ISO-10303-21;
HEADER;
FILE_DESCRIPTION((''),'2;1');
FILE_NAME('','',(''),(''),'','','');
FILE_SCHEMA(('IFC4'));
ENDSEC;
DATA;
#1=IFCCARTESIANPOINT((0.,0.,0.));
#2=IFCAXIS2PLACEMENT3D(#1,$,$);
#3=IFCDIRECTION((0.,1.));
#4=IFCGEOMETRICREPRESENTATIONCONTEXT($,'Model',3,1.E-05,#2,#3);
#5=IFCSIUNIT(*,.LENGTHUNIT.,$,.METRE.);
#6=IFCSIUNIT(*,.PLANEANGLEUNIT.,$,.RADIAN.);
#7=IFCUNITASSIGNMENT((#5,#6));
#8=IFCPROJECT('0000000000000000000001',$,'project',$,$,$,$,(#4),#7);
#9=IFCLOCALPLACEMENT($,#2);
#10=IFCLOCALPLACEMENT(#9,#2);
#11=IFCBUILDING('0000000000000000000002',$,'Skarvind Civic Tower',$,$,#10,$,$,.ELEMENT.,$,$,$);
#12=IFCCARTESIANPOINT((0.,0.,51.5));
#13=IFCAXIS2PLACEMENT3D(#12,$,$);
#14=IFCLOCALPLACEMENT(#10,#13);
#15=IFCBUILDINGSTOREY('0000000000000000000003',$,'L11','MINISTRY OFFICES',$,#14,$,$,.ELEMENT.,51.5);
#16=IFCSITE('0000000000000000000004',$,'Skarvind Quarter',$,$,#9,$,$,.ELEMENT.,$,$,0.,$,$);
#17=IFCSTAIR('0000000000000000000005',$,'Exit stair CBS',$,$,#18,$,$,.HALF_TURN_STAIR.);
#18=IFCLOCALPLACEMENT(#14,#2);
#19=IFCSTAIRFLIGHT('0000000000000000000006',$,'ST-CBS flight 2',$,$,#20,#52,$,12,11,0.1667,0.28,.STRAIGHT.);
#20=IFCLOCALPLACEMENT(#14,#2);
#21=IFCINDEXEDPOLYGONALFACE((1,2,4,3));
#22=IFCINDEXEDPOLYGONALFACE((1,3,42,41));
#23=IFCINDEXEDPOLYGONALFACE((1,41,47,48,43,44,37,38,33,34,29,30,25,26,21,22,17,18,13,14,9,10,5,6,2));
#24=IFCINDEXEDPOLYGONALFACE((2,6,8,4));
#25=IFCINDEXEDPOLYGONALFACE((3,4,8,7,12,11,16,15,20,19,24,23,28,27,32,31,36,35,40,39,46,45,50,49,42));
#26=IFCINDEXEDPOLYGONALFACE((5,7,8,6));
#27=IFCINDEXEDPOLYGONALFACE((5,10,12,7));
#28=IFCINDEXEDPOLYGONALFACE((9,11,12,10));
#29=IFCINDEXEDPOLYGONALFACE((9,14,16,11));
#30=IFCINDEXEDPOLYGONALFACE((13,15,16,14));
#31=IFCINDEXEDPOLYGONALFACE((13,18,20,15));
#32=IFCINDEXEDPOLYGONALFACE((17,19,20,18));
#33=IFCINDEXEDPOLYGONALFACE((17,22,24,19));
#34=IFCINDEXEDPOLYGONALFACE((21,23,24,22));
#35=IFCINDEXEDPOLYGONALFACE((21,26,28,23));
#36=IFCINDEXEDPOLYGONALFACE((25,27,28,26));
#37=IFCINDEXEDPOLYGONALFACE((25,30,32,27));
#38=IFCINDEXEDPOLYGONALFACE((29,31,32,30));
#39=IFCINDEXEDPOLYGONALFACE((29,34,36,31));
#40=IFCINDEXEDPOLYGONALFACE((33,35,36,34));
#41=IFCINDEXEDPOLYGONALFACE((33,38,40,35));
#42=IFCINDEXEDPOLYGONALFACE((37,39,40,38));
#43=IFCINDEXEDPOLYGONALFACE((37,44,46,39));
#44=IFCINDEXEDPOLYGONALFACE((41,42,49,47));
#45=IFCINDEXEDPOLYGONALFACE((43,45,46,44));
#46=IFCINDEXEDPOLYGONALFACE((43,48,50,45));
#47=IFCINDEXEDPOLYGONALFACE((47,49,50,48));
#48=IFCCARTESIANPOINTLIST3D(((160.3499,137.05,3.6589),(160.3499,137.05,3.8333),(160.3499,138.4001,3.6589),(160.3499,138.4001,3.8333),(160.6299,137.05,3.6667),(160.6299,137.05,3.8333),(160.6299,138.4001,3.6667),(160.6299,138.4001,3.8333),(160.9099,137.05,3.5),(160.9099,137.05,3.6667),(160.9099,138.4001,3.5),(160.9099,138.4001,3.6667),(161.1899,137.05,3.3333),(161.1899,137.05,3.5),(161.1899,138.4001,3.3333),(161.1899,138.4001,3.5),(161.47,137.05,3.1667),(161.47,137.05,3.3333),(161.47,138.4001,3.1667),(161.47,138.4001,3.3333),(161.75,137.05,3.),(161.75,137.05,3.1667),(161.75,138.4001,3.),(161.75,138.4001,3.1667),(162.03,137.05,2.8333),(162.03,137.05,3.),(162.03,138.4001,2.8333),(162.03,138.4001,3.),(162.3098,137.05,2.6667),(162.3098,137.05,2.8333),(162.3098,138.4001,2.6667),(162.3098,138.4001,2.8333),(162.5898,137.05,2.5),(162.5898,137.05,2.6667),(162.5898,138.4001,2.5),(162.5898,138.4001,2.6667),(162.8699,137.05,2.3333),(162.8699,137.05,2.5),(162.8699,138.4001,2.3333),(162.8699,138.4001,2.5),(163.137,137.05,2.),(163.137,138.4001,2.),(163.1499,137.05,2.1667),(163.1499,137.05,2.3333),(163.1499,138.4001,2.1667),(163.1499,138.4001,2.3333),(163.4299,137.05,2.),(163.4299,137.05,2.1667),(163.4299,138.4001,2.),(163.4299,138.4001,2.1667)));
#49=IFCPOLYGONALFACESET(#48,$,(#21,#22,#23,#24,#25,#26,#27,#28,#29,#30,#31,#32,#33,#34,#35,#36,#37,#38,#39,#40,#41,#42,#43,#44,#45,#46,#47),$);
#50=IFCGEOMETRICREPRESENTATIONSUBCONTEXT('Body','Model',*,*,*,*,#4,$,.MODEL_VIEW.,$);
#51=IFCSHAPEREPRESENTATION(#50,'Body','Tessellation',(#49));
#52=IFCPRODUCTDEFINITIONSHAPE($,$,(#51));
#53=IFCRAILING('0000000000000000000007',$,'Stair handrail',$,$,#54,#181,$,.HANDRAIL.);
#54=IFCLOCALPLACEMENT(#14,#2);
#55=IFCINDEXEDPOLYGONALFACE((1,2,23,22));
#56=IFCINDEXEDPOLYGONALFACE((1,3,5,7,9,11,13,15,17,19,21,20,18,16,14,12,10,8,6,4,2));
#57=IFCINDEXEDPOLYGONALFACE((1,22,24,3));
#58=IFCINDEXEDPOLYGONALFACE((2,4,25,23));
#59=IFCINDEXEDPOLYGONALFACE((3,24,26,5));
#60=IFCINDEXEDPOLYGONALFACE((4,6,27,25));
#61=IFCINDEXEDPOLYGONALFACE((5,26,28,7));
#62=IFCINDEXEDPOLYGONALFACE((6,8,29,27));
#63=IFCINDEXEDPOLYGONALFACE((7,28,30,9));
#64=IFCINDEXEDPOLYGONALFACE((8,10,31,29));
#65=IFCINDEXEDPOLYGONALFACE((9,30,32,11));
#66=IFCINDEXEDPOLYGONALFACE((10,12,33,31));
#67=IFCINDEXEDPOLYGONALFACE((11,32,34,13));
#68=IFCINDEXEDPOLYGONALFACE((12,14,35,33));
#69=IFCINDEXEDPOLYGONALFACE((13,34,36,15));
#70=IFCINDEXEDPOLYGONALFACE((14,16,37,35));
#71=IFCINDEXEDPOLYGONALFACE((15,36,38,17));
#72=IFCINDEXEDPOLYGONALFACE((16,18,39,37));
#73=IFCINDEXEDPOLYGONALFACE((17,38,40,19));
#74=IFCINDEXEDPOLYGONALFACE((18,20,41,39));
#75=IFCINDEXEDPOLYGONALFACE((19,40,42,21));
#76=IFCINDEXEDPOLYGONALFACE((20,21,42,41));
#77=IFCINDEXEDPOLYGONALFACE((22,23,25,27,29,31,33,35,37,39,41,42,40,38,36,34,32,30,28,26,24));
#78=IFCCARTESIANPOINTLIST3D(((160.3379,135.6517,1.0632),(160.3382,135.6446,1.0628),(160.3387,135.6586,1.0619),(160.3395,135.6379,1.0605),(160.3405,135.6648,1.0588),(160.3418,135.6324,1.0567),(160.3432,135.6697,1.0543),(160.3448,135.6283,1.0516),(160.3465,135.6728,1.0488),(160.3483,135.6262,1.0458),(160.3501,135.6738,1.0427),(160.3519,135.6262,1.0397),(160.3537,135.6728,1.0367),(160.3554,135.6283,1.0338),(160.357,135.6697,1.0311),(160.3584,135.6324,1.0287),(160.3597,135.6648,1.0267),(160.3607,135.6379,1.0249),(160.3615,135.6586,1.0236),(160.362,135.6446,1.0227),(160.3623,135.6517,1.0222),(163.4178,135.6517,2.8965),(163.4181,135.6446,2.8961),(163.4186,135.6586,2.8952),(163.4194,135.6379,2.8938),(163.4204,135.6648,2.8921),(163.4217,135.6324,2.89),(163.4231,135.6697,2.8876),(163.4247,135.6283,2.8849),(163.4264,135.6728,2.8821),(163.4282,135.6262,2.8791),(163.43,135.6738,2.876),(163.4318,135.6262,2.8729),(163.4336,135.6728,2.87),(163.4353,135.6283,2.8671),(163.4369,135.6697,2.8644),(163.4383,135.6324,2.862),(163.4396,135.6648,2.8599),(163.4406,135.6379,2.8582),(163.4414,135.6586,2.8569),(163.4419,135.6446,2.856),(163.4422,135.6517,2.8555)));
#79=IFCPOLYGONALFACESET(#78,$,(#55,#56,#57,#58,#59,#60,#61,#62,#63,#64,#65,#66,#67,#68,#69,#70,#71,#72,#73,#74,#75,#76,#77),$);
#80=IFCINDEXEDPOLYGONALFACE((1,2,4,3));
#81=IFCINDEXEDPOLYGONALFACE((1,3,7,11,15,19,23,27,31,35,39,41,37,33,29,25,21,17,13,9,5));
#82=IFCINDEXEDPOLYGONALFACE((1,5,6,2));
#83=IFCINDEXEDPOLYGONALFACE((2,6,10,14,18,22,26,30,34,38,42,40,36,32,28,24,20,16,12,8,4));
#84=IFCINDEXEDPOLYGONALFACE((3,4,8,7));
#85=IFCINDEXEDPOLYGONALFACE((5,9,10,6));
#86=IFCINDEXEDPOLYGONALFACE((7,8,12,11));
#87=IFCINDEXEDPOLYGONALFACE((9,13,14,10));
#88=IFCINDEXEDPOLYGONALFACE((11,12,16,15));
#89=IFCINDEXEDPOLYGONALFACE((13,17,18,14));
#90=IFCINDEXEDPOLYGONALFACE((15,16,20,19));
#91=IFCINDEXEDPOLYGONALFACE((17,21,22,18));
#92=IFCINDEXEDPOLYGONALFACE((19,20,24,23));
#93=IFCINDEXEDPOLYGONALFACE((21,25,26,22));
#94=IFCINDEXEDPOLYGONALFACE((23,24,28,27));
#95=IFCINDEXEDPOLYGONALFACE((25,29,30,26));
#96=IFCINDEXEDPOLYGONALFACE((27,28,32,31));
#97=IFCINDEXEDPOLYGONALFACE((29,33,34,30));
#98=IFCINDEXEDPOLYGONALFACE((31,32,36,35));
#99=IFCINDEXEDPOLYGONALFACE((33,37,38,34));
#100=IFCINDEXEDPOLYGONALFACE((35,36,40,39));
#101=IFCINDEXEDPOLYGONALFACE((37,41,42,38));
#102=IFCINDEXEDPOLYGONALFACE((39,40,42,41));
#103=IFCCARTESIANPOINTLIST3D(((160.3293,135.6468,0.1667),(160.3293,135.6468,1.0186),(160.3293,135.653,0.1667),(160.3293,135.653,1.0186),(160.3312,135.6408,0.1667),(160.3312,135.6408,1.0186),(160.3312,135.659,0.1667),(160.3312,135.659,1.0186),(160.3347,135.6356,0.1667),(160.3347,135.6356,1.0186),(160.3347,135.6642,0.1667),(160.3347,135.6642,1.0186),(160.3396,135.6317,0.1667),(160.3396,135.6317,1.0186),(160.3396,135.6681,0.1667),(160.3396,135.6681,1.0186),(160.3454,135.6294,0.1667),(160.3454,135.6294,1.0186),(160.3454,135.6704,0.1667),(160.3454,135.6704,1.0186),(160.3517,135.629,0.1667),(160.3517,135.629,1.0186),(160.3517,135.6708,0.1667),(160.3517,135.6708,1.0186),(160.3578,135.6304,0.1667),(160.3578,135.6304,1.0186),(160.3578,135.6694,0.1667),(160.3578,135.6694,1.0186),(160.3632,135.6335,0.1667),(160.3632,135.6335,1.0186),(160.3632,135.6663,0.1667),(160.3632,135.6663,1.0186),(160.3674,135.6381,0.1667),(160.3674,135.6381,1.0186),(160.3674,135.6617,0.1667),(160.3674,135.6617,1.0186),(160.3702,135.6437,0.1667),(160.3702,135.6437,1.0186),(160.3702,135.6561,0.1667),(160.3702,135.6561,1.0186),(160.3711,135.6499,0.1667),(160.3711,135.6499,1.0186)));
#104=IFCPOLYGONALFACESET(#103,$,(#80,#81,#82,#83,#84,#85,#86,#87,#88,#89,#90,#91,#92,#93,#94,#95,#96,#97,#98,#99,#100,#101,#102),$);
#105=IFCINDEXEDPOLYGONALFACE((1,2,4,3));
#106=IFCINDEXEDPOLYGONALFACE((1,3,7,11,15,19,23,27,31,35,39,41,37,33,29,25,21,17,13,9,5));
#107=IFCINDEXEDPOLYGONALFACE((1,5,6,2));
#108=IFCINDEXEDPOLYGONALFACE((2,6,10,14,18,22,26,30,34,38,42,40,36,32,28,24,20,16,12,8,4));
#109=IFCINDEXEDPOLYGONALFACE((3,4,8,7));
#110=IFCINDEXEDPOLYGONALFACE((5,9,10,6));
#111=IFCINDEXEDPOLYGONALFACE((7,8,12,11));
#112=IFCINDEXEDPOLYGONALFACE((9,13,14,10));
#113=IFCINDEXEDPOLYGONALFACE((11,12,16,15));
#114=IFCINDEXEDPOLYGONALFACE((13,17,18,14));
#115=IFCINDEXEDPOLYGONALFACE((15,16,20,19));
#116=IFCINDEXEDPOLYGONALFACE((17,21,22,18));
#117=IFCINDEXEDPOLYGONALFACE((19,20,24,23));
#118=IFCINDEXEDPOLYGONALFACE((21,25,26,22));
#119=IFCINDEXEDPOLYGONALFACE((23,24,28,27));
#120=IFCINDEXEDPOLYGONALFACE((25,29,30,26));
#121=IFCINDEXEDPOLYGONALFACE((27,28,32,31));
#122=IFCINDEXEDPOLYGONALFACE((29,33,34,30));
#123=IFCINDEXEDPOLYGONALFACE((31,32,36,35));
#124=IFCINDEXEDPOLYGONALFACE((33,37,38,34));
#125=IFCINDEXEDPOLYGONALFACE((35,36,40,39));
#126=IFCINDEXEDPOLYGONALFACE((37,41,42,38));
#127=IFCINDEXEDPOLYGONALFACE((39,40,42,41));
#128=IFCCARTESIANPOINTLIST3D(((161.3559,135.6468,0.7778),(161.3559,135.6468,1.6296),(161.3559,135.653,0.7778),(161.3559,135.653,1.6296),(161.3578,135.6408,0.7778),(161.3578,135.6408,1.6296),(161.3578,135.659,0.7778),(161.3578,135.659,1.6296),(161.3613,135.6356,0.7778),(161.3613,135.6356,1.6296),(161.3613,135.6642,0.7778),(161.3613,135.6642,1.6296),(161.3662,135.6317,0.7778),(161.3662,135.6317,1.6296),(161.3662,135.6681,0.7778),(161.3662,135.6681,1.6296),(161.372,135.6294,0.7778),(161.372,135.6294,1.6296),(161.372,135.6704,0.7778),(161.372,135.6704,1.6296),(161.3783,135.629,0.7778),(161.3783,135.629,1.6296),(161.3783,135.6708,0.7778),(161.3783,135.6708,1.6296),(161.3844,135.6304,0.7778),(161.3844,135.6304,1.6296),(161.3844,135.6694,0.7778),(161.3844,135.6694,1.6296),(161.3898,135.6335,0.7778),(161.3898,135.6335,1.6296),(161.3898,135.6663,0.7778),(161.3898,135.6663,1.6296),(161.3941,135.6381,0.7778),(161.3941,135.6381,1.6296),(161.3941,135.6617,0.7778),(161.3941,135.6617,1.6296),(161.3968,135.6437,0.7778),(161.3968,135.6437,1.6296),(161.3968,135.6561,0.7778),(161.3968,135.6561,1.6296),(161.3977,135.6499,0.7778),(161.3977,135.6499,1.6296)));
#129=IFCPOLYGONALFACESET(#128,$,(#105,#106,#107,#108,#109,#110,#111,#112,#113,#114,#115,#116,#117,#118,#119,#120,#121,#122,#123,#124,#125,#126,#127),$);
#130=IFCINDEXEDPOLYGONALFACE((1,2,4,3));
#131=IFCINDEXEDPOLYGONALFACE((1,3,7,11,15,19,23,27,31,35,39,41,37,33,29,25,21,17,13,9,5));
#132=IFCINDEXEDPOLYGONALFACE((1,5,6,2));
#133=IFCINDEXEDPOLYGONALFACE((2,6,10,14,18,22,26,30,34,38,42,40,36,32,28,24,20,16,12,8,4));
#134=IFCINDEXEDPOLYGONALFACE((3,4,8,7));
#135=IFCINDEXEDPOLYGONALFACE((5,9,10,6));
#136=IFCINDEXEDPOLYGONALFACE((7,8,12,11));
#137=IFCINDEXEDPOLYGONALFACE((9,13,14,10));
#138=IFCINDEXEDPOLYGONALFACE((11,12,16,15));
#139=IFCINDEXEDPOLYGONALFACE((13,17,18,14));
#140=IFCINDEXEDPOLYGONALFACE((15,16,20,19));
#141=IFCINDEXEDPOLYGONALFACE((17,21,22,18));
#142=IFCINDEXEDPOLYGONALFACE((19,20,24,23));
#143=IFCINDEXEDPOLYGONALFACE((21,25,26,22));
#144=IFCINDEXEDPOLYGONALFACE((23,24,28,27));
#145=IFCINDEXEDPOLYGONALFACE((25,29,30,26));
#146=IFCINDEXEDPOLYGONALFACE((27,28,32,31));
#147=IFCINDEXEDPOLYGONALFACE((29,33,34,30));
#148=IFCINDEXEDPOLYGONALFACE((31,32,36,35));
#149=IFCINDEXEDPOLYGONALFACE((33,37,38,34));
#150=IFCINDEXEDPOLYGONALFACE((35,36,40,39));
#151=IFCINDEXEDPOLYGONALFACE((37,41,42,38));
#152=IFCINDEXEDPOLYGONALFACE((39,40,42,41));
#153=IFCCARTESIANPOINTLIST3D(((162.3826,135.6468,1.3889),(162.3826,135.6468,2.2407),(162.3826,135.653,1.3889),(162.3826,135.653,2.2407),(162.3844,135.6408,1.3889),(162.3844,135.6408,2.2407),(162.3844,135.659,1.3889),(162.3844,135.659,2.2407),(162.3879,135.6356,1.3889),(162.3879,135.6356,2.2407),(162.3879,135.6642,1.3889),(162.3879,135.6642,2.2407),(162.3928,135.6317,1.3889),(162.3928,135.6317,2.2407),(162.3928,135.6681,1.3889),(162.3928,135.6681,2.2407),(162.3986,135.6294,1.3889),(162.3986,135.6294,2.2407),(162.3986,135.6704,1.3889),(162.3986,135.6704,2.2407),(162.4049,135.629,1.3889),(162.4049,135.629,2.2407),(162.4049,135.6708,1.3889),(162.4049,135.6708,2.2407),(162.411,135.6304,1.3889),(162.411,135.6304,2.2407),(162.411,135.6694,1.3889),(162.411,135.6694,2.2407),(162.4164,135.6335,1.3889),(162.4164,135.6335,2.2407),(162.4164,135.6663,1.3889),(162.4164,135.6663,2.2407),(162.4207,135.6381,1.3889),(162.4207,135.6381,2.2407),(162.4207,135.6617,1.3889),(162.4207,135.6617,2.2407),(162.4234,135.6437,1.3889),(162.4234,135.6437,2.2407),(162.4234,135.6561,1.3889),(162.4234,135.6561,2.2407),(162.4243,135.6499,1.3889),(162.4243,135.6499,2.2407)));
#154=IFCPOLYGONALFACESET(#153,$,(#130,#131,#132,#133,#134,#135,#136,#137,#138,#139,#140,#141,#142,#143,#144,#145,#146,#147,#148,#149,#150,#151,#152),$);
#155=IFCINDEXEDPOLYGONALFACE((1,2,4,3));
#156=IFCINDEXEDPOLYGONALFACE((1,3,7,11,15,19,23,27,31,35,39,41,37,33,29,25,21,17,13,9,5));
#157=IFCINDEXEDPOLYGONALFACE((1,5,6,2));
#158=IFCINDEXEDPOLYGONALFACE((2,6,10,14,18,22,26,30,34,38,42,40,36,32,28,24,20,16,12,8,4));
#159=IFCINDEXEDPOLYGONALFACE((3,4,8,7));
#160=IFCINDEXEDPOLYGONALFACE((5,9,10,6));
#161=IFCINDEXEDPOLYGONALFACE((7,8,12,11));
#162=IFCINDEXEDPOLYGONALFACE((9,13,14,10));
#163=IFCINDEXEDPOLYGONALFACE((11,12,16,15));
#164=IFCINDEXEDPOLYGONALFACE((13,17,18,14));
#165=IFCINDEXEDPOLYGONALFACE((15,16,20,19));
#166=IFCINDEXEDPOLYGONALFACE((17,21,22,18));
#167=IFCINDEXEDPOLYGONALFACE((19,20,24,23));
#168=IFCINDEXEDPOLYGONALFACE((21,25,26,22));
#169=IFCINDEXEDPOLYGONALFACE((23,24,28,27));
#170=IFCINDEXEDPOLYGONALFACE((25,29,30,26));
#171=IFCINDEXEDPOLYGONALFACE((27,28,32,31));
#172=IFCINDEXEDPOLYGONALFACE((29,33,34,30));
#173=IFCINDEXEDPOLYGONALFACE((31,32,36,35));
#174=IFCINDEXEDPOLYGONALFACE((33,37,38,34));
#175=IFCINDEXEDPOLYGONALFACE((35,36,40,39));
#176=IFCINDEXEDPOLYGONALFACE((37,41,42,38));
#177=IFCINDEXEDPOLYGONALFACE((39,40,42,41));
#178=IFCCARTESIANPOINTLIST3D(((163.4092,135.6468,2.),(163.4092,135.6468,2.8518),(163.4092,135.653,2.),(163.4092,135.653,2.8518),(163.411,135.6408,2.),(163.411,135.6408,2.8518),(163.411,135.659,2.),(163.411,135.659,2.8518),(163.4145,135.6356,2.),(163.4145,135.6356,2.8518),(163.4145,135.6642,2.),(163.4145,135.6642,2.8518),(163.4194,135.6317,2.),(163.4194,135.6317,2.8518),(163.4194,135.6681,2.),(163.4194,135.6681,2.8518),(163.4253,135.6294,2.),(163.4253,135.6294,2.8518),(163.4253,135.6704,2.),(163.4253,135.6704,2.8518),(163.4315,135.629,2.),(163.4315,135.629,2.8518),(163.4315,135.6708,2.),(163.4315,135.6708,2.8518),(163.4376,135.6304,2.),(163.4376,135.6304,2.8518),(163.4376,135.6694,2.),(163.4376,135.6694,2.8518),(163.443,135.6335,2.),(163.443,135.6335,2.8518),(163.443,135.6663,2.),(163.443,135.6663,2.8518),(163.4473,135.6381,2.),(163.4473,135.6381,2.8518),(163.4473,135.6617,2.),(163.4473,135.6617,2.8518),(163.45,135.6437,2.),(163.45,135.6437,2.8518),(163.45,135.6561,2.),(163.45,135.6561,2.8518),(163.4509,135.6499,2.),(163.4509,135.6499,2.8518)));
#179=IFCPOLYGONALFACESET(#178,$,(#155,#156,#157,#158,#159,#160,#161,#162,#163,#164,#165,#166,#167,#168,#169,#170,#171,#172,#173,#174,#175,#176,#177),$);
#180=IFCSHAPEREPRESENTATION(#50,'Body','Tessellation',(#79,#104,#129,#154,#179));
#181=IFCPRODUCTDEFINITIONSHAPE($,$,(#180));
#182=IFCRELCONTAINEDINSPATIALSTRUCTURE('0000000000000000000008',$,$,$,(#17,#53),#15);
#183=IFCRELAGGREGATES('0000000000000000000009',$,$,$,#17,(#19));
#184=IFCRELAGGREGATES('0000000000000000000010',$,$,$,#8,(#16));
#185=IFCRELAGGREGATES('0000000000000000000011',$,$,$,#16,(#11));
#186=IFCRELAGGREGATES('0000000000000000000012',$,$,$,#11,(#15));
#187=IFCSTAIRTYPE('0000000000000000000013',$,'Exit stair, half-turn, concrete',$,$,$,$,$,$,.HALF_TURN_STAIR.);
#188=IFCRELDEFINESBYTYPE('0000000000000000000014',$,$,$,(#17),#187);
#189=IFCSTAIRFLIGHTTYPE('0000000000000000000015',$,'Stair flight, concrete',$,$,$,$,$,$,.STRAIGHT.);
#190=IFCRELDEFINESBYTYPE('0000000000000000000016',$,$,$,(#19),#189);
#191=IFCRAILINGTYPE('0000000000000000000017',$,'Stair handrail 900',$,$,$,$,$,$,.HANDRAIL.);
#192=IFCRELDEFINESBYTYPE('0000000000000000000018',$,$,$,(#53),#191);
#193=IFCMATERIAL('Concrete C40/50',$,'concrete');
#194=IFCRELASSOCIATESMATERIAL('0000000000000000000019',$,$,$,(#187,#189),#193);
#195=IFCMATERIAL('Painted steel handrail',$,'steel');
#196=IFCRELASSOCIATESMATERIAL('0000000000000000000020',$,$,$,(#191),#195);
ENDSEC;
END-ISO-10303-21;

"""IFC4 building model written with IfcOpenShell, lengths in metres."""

from ifc_helpers import new_model, si_unit, direction, frame, origin, origin_2d, place, context, subcontext, project, spatial, polyline, circle, outline, extrude, material, type_object, element, aggregate, save


model = new_model("IFC4")

# Units and contexts
model_context = context("Model", 3, precision=1e-05, world=origin(), true_north=direction((0.0, 1.0)))
body_context = subcontext(model_context, "Body", "Model", "MODEL_VIEW")
ifc_project = project(units=[si_unit("LENGTHUNIT", "METRE"), si_unit("PLANEANGLEUNIT", "RADIAN")], contexts=[model_context])

# Site, building, storey
site_placement = place(None, origin())
site = spatial("IfcSite", under=ifc_project, at=site_placement, Name="Skarvind Quarter", CompositionType="ELEMENT", RefElevation=0.0)
building_placement = place(site_placement, origin())
building = spatial("IfcBuilding", under=site, at=building_placement, Name="Skarvind Civic Tower", CompositionType="ELEMENT")
storey_placement = place(building_placement, frame((0.0, 0.0, 51.5)))
storey = spatial("IfcBuildingStorey", under=building, at=storey_placement, Name="L11", Description="MINISTRY OFFICES", CompositionType="ELEMENT", Elevation=51.5)

# Stair, stair flight
ifc_material_1 = material(Name="Concrete C40/50", Category="concrete")
stair_type = type_object("IfcStairType", Name="Exit stair, half-turn, concrete", PredefinedType="HALF_TURN_STAIR", material=ifc_material_1)
stair_placement = place(storey_placement, origin())
stair = element("IfcStair", 1, at=stair_placement, inside=storey, type_object=stair_type, Name="Exit stair CBS", PredefinedType="HALF_TURN_STAIR")
stair_flight_type = type_object("IfcStairFlightType", Name="Stair flight, concrete", PredefinedType="STRAIGHT", material=ifc_material_1)
stair_flight_1_placement = place(storey_placement, frame((163.4299, 137.7251, 2.0), z_axis=(0.0, 0.0, 1.0), x_axis=(-1.0, 0.0, 0.0)))
stair_flight_1 = element("IfcStairFlight", 2, at=stair_flight_1_placement, type_object=stair_flight_type, Name="ST-CBS flight 2", NumberOfRisers=12, NumberOfTreads=11, PredefinedType="STRAIGHT", RiserHeight=0.1667, TreadLength=0.28, context=body_context, shape_type="SweptSolid", body=[
    extrude(outline(polyline([(0.0, 0.0), (0.0, 0.1667), (0.28, 0.1667), (0.28, 0.3333), (0.5601, 0.3333), (0.5601, 0.5), (0.8401, 0.5), (0.8401, 0.6667), (1.1201, 0.6667), (1.1201, 0.8333), (1.3999, 0.8333), (1.3999, 1.0), (1.6799, 1.0), (1.6799, 1.1667), (1.96, 1.1667), (1.96, 1.3333), (2.24, 1.3333), (2.24, 1.5), (2.52, 1.5), (2.52, 1.6667), (2.8, 1.6667), (2.8, 1.8333), (3.0801, 1.8333), (3.0801, 2.0), (3.0801, 1.6589), (0.293, 0.0), (0.0, 0.0)])), frame((0.0, 0.675, 0.0), z_axis=(0.0, -1.0, 0.0), x_axis=(1.0, 0.0, 0.0)), (0.0, 0.0, 1.0), 1.3501),
])
aggregate(stair, [stair_flight_1])

# Railing
ifc_material_2 = material(Name="Painted steel handrail", Category="steel")
railing_type = type_object("IfcRailingType", Name="Stair handrail 900", PredefinedType="HANDRAIL", material=ifc_material_2)
railing_1_placement = place(storey_placement, frame((160.3501, 135.6499, 0.1667)))
element("IfcRailing", 3, at=railing_1_placement, inside=storey, type_object=railing_type, Name="Stair handrail", PredefinedType="HANDRAIL", context=body_context, shape_type="SweptSolid", body=[
    extrude(circle(Radius=0.0239, at=origin_2d()), frame((0.0, 0.0, 0.876), z_axis=(0.859291, 0.0, 0.511487), x_axis=(0.0, 1.0, 0.0)), (0.0, 0.0, 1.0), 3.5842),
    extrude(circle(Radius=0.021, at=origin_2d()), origin(), (0.0, 0.0, 1.0), 0.8518),
    extrude(circle(Radius=0.021, at=origin_2d()), frame((1.0266, 0.0, 0.6111)), (0.0, 0.0, 1.0), 0.8518),
    extrude(circle(Radius=0.021, at=origin_2d()), frame((2.0532, 0.0, 1.2222)), (0.0, 0.0, 1.0), 0.8518),
    extrude(circle(Radius=0.021, at=origin_2d()), frame((3.0798, 0.0, 1.8333)), (0.0, 0.0, 1.0), 0.8518),
])

save(model, "model.ifc")
